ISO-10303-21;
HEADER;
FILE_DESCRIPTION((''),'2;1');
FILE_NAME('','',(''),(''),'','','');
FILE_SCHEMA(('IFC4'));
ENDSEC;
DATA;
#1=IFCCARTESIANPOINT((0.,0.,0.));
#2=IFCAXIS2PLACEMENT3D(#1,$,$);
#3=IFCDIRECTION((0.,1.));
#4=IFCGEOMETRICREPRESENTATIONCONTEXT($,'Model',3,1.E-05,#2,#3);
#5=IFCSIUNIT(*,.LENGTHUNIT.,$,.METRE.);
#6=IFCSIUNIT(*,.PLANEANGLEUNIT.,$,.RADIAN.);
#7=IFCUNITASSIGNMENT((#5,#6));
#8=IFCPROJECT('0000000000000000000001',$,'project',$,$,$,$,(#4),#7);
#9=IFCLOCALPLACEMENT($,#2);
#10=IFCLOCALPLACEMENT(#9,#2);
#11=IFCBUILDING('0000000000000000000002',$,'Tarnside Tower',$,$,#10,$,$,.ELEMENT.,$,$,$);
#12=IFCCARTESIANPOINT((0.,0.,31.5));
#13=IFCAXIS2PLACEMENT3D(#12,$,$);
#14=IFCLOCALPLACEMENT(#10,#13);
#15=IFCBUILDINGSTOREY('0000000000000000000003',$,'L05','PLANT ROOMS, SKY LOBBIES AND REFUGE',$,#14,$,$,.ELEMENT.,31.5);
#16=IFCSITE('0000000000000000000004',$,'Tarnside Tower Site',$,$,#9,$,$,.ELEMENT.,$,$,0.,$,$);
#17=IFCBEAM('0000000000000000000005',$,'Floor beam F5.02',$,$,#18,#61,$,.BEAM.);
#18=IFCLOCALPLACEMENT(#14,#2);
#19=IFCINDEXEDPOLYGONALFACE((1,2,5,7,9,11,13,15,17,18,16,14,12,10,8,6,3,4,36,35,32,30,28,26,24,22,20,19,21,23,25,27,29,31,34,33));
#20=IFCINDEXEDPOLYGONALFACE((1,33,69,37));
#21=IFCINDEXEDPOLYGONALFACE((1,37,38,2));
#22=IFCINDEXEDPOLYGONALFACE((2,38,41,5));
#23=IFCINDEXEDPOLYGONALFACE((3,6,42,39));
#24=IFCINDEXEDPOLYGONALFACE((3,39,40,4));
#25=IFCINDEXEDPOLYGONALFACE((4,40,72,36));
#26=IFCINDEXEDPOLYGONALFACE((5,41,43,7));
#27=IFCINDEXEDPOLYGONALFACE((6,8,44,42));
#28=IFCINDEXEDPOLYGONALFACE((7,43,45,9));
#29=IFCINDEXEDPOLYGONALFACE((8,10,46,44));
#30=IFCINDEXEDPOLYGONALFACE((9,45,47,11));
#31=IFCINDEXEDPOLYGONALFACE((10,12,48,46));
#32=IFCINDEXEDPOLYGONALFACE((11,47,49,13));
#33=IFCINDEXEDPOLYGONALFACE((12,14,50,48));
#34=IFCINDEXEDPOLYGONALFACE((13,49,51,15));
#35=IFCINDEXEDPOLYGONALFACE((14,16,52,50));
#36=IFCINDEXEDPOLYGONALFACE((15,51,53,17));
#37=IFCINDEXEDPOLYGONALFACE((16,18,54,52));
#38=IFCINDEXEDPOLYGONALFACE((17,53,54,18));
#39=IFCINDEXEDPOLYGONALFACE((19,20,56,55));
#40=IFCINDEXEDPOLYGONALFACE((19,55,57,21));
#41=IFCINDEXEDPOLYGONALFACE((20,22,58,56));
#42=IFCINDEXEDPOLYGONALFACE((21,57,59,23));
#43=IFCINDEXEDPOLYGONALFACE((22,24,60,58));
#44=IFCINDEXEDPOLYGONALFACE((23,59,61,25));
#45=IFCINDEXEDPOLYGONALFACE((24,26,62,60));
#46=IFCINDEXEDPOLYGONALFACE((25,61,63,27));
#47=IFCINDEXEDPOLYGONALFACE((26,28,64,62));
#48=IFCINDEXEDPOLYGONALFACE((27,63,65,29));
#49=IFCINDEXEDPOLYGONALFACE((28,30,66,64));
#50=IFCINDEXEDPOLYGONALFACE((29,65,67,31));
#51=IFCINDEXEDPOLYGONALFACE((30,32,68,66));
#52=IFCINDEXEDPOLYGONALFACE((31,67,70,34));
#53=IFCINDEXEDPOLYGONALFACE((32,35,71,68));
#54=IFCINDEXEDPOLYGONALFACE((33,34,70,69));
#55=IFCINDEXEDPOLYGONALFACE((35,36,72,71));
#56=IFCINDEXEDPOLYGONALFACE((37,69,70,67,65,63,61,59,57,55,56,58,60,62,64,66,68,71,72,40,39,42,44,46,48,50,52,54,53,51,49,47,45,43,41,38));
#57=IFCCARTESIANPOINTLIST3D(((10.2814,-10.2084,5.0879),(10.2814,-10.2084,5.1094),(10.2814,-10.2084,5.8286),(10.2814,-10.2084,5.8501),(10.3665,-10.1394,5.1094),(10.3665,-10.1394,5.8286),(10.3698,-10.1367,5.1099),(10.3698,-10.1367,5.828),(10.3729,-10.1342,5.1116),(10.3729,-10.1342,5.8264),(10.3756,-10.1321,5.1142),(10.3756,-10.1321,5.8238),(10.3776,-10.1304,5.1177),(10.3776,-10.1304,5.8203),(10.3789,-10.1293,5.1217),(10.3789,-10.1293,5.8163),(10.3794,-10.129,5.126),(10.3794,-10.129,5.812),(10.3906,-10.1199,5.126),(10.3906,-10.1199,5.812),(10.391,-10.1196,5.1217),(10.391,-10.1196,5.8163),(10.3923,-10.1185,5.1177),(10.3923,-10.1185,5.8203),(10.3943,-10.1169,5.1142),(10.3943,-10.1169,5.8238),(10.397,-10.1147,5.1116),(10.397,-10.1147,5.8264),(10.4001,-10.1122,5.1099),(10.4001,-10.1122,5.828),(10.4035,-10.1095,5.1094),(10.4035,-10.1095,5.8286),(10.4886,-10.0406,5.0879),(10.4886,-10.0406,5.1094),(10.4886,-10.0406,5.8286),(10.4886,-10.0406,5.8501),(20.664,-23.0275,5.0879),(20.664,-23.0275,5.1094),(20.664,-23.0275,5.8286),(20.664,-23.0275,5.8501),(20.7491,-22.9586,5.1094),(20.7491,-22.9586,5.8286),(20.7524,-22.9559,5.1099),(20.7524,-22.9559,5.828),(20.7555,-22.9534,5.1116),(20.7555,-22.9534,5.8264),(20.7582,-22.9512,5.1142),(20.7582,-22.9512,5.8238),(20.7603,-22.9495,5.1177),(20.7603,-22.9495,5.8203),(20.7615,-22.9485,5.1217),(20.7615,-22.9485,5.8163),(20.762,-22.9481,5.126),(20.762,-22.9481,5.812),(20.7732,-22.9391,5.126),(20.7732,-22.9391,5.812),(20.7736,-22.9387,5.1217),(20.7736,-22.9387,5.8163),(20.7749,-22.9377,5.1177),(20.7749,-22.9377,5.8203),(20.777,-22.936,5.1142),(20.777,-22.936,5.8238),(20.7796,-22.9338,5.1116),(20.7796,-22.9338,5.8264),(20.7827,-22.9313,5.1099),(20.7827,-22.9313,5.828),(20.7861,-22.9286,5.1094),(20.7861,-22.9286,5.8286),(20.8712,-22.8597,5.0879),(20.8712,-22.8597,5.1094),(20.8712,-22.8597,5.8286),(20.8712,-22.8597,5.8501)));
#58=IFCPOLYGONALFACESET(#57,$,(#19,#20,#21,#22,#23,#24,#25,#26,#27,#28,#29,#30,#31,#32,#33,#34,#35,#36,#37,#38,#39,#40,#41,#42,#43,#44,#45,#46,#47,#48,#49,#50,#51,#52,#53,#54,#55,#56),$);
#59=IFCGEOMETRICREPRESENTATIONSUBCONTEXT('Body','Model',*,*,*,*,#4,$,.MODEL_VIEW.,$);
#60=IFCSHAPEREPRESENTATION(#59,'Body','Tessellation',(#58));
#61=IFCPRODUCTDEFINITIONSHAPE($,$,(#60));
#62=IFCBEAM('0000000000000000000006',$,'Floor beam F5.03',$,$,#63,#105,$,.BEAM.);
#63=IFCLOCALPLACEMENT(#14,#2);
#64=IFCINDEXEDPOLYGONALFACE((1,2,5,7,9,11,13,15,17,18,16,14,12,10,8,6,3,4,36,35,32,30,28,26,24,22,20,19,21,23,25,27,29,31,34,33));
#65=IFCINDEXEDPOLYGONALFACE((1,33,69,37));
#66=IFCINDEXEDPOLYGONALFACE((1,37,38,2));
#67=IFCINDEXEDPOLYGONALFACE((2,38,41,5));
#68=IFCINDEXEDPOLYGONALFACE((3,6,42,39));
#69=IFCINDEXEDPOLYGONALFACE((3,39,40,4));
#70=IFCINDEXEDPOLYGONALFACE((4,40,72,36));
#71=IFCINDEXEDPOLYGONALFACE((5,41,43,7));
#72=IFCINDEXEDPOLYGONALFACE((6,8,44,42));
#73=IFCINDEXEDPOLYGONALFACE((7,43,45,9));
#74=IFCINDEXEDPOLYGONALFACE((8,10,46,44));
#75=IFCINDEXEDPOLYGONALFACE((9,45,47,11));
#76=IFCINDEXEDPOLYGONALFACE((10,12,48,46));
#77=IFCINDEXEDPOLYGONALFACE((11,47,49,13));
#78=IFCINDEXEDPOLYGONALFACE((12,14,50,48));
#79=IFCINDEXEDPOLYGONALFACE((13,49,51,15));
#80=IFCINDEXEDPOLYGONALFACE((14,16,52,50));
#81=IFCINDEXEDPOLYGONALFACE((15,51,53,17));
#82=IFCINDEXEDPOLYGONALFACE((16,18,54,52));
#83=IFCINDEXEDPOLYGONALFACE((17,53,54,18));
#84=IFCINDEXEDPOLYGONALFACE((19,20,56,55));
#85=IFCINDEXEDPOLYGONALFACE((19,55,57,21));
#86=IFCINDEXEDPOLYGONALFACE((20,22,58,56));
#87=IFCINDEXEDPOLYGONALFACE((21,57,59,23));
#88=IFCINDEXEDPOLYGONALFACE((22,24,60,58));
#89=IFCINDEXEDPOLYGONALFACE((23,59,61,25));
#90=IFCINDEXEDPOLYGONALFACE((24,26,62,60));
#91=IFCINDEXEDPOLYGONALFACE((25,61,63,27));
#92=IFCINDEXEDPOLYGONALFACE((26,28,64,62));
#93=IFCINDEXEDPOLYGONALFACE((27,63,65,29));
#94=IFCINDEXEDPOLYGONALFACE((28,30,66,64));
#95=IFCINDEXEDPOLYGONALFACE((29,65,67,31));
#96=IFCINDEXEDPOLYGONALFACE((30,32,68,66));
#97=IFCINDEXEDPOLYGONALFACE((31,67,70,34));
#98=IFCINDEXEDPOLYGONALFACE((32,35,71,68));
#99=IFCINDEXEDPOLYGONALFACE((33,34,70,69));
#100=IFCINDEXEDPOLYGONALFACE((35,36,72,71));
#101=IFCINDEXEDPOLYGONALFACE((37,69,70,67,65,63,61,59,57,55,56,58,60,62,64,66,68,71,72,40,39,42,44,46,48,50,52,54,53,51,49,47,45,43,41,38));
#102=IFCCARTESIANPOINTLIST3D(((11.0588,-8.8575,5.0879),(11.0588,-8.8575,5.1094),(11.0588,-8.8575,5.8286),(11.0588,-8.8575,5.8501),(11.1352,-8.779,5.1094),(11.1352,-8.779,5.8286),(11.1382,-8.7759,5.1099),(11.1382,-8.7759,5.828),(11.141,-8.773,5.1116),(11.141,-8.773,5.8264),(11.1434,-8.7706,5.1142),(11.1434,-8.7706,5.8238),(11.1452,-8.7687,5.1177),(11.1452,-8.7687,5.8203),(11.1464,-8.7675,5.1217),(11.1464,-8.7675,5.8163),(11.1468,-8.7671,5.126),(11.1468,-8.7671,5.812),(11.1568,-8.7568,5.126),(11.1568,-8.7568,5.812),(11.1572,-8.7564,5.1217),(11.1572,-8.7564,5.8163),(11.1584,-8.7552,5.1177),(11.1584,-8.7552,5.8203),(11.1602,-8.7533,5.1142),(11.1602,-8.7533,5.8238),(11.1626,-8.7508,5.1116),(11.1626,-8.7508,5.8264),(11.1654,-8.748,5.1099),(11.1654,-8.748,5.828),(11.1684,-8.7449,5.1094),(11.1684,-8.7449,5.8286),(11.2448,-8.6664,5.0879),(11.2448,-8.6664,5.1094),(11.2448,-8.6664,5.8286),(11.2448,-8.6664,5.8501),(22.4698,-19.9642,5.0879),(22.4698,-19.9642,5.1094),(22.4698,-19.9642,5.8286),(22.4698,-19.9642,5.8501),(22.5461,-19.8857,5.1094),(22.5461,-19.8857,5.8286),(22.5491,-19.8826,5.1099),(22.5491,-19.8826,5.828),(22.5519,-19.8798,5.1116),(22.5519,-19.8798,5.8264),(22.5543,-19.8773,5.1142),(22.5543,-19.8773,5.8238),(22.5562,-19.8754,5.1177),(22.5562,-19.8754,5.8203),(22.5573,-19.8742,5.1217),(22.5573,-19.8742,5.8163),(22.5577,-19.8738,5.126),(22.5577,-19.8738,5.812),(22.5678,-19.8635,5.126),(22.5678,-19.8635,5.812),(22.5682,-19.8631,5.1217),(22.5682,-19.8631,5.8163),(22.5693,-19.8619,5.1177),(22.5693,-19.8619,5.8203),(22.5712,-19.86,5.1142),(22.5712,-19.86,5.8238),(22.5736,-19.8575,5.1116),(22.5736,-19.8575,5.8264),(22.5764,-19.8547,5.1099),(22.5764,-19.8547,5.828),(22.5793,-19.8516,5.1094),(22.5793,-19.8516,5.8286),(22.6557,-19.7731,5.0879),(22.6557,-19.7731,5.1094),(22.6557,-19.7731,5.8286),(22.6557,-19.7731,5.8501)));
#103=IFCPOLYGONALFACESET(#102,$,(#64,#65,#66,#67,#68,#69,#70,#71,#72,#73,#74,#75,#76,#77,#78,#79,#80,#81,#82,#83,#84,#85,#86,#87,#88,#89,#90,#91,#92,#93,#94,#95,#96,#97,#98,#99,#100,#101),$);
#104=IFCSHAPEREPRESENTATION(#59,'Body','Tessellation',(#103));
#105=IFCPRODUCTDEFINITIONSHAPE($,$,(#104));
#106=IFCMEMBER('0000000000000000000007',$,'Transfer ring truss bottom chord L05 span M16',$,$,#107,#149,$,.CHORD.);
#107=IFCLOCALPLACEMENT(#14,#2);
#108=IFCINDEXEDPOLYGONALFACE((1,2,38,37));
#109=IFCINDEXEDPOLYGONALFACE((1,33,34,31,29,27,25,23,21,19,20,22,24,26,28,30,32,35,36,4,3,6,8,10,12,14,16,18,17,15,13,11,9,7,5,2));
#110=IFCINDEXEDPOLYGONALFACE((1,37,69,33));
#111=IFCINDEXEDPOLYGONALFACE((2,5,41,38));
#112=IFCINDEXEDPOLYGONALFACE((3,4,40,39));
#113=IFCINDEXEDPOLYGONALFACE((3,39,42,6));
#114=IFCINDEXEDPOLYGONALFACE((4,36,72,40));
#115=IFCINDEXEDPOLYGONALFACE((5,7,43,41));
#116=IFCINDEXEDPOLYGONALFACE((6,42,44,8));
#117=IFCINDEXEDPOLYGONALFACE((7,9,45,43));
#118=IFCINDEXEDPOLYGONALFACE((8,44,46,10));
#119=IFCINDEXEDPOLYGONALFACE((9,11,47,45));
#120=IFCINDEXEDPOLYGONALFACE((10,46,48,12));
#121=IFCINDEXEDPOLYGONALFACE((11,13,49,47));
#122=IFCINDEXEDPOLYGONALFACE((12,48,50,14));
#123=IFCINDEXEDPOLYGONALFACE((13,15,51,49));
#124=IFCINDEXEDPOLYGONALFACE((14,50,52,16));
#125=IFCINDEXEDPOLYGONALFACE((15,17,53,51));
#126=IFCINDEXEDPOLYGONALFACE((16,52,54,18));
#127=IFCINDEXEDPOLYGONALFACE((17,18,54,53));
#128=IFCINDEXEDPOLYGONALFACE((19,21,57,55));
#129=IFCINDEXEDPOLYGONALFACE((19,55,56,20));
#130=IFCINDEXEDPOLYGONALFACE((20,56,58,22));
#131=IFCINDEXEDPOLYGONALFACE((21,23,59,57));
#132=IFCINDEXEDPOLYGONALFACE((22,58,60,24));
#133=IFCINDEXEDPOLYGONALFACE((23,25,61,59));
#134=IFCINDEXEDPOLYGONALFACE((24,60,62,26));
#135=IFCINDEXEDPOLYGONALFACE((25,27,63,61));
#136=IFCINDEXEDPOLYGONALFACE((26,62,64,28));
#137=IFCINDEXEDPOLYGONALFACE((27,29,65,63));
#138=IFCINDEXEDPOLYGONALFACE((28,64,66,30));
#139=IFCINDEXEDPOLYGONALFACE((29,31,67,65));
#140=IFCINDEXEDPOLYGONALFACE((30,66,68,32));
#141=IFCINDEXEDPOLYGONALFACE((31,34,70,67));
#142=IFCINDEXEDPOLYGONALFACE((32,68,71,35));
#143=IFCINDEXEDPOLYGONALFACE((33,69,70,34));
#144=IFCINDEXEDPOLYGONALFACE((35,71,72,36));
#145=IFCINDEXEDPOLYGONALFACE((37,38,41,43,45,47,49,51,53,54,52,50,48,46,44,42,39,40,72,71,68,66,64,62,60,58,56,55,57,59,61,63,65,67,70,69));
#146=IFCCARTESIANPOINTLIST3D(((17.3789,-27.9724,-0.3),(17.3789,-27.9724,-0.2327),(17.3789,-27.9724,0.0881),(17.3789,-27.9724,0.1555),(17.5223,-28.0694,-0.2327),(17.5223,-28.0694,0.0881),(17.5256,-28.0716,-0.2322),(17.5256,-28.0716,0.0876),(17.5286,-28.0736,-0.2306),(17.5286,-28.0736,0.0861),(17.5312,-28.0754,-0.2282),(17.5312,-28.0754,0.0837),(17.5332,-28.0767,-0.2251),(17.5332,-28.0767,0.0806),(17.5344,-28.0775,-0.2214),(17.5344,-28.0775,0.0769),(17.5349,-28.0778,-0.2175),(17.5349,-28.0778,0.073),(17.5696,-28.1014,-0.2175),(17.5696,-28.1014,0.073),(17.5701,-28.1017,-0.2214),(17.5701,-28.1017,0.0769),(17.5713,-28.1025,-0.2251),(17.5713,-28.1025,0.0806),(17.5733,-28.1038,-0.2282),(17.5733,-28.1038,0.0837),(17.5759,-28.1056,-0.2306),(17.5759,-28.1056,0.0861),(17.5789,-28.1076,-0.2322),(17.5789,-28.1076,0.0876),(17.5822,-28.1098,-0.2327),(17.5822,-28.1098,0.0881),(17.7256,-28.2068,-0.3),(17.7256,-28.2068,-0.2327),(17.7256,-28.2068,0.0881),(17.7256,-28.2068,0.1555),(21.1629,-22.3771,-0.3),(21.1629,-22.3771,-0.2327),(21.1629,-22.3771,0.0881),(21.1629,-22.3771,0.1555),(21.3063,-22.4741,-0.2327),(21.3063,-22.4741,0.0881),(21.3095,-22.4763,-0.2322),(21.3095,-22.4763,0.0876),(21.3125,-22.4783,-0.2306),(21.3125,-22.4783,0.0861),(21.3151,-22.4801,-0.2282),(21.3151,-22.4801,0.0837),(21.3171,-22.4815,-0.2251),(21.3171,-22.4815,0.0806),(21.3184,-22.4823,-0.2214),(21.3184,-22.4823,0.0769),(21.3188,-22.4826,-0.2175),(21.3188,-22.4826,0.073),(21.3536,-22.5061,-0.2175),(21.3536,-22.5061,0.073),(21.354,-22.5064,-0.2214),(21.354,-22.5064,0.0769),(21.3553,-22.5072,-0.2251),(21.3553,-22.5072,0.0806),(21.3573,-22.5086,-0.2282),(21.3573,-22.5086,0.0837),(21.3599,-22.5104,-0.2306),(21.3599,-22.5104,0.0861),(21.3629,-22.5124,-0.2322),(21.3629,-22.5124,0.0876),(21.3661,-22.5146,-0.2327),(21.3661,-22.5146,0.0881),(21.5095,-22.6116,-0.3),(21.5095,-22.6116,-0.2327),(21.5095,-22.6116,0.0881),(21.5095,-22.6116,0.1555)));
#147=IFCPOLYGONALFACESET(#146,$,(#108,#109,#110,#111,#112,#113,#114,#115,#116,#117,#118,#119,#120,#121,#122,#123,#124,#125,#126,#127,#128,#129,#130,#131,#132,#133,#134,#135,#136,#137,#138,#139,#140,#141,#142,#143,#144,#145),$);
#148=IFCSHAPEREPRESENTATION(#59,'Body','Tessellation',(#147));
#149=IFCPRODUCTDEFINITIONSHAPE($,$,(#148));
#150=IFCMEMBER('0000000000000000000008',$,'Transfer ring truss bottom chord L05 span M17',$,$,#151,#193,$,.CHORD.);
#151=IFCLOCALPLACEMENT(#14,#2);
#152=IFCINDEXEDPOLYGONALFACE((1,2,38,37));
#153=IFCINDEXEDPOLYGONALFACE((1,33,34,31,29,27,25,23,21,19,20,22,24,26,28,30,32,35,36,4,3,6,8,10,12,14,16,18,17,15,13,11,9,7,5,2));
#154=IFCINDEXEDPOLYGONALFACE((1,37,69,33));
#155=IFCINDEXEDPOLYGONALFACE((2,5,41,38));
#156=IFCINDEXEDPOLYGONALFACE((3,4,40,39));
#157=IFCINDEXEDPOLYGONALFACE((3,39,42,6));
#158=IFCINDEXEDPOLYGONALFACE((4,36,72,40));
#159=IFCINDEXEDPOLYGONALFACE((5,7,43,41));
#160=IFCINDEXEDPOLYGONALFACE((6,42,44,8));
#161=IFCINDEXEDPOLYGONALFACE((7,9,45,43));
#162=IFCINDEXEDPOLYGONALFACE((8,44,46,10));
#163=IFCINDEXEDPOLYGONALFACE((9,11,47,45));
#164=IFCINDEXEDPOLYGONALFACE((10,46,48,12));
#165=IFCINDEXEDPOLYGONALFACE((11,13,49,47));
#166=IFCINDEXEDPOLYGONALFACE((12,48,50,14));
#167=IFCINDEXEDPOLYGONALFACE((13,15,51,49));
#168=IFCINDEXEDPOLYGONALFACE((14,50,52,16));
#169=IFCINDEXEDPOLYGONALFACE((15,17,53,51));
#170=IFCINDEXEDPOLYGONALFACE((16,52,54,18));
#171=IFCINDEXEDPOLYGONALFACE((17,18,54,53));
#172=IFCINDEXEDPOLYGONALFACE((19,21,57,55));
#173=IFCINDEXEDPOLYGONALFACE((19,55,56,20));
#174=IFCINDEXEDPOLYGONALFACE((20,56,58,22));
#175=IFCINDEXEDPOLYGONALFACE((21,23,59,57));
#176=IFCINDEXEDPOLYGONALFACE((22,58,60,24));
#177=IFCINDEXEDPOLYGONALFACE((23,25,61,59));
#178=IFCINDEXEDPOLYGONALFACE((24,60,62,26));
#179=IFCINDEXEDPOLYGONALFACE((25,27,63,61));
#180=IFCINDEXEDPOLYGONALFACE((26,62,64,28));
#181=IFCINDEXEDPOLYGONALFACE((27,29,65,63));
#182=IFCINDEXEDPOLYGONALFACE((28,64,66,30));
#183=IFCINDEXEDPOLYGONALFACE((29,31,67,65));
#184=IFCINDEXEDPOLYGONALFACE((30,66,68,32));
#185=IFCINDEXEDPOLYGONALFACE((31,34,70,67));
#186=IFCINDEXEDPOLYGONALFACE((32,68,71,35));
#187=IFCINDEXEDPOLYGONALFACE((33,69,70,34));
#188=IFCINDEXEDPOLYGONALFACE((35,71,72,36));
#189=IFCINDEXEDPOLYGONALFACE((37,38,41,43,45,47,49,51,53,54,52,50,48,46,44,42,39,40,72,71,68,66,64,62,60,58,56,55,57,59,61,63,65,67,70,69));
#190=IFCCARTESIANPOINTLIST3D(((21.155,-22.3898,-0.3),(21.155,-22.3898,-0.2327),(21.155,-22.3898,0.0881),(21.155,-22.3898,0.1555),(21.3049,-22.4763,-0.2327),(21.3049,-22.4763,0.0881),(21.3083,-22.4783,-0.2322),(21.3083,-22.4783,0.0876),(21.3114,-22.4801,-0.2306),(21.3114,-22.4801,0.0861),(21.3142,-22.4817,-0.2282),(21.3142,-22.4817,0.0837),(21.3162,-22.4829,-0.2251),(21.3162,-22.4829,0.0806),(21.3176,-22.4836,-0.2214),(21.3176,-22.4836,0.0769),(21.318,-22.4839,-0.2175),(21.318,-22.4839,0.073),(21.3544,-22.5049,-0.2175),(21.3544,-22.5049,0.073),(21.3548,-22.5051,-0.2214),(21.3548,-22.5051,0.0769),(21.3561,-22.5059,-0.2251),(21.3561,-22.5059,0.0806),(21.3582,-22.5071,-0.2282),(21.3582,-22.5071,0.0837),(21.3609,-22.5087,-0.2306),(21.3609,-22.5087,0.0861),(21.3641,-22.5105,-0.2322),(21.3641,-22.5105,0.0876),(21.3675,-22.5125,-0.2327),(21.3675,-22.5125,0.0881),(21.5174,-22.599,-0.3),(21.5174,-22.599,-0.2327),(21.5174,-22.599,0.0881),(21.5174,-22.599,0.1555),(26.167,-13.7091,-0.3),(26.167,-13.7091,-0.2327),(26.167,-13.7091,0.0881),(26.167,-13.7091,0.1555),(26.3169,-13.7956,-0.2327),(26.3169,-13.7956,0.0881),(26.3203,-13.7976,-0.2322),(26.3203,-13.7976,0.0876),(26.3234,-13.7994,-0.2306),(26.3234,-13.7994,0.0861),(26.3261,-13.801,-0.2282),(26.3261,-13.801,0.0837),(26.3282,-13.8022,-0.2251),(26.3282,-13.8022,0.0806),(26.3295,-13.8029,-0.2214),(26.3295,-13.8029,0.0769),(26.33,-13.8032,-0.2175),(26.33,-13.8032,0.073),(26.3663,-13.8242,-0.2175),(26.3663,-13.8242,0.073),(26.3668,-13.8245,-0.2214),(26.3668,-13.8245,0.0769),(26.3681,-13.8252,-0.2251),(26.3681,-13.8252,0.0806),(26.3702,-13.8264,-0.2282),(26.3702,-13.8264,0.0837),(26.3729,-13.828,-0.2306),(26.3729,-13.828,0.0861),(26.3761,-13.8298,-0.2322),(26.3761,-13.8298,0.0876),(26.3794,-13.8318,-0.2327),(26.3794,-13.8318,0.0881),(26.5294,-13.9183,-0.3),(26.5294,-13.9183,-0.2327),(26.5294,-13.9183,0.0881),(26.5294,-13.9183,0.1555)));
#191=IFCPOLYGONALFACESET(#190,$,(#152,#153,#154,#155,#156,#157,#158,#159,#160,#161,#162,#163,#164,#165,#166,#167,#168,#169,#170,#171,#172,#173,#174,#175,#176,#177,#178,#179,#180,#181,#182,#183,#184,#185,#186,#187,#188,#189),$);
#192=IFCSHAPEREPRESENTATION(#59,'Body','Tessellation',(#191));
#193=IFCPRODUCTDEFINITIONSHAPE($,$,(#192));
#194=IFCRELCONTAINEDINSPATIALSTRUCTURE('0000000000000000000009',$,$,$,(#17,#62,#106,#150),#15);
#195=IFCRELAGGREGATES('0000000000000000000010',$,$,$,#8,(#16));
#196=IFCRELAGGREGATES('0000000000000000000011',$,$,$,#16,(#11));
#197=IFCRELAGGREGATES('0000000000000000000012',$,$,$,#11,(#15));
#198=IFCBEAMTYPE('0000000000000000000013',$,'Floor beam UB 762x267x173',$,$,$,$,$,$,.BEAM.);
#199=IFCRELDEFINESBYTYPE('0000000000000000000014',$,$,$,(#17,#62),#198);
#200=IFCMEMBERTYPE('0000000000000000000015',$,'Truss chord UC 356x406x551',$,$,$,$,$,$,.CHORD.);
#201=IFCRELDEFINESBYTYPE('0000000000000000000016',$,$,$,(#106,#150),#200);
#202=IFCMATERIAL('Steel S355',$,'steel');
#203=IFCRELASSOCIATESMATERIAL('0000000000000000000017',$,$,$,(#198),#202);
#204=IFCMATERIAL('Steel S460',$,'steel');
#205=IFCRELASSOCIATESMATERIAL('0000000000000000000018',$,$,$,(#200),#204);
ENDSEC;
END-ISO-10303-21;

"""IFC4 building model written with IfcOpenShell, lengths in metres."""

from ifc_helpers import new_model, si_unit, direction, frame, origin, origin_2d, place, context, subcontext, project, spatial, i_section, extrude, material, material_profile, profile_set, type_object, element, save


model = new_model("IFC4")

# Units and contexts
model_context = context("Model", 3, precision=1e-05, world=origin(), true_north=direction((0.0, 1.0)))
body_context = subcontext(model_context, "Body", "Model", "MODEL_VIEW")
ifc_project = project(units=[si_unit("LENGTHUNIT", "METRE"), si_unit("PLANEANGLEUNIT", "RADIAN")], contexts=[model_context])

# Site, building, storey
site_placement = place(None, origin())
site = spatial("IfcSite", under=ifc_project, at=site_placement, Name="Tarnside Tower Site", CompositionType="ELEMENT", RefElevation=0.0)
building_placement = place(site_placement, origin())
building = spatial("IfcBuilding", under=site, at=building_placement, Name="Tarnside Tower", CompositionType="ELEMENT")
storey_placement = place(building_placement, frame((0.0, 0.0, 31.5)))
storey = spatial("IfcBuildingStorey", under=building, at=storey_placement, Name="L05", Description="PLANT ROOMS, SKY LOBBIES AND REFUGE", CompositionType="ELEMENT", Elevation=31.5)

# Beams
ifc_material_1 = material(Name="Steel S355", Category="steel")
ifc_material_profile_1 = material_profile(ifc_material_1, i_section(OverallWidth=0.2666, OverallDepth=0.7622, WebThickness=0.0144, FlangeThickness=0.0215, FilletRadius=0.0166, at=origin_2d()), Name="UB 762x267x173")
ifc_profile_set_1 = profile_set([ifc_material_profile_1], Name="Steel S355")
beam_type_1 = type_object("IfcBeamType", Name="Floor beam UB 762x267x173", PredefinedType="BEAM", material=ifc_profile_set_1)
beam_1_placement = place(storey_placement, frame((20.7676, -22.9436, 5.469), z_axis=(-0.629389, 0.77709, 0.0), x_axis=(-0.77709, -0.629389, 0.0)))
element("IfcBeam", 1, at=beam_1_placement, inside=storey, type_object=beam_type_1, Name="Floor beam F5.02", PredefinedType="BEAM", context=body_context, shape_type="SweptSolid", body=[
    extrude(i_section(OverallWidth=0.2666, OverallDepth=0.7622, WebThickness=0.0144, FlangeThickness=0.0215, FilletRadius=0.0166, at=origin_2d()), origin(), (0.0, 0.0, 1.0), 16.4963),
])
beam_2_placement = place(storey_placement, frame((22.5627, -19.8687, 5.469), z_axis=(-0.716594, 0.697491, 0.0), x_axis=(-0.697491, -0.716594, 0.0)))
element("IfcBeam", 2, at=beam_2_placement, inside=storey, type_object=beam_type_1, Name="Floor beam F5.03", PredefinedType="BEAM", context=body_context, shape_type="SweptSolid", body=[
    extrude(i_section(OverallWidth=0.2666, OverallDepth=0.7622, WebThickness=0.0144, FlangeThickness=0.0215, FilletRadius=0.0166, at=origin_2d()), origin(), (0.0, 0.0, 1.0), 15.9238),
])

# Members
ifc_material_2 = material(Name="Steel S460", Category="steel")
ifc_material_profile_2 = material_profile(ifc_material_2, i_section(OverallWidth=0.4185, OverallDepth=0.4556, WebThickness=0.042, FlangeThickness=0.0674, FilletRadius=0.0151, at=origin_2d()), Name="UC 356x406x551")
ifc_profile_set_2 = profile_set([ifc_material_profile_2], Name="Steel S460")
member_type_1 = type_object("IfcMemberType", Name="Truss chord UC 356x406x551", PredefinedType="CHORD", material=ifc_profile_set_2)
member_1_placement = place(storey_placement, frame((17.5522, -28.0896, -0.0723), z_axis=(0.560201, 0.828356, 0.0), x_axis=(-0.828356, 0.560201, 0.0)))
element("IfcMember", 3, at=member_1_placement, inside=storey, type_object=member_type_1, Name="Transfer ring truss bottom chord L05 span M16", PredefinedType="CHORD", context=body_context, shape_type="SweptSolid", body=[
    extrude(i_section(OverallWidth=0.4185, OverallDepth=0.4556, WebThickness=0.042, FlangeThickness=0.0674, FilletRadius=0.0151, at=origin_2d()), origin(), (0.0, 0.0, 1.0), 6.7546),
])
member_2_placement = place(storey_placement, frame((21.3362, -22.4944, -0.0723), z_axis=(0.500013, 0.866018, 0.0), x_axis=(-0.866018, 0.500013, 0.0)))
element("IfcMember", 4, at=member_2_placement, inside=storey, type_object=member_type_1, Name="Transfer ring truss bottom chord L05 span M17", PredefinedType="CHORD", context=body_context, shape_type="SweptSolid", body=[
    extrude(i_section(OverallWidth=0.4185, OverallDepth=0.4556, WebThickness=0.042, FlangeThickness=0.0674, FilletRadius=0.0151, at=origin_2d()), origin(), (0.0, 0.0, 1.0), 10.0237),
])

save(model, "model.ifc")
